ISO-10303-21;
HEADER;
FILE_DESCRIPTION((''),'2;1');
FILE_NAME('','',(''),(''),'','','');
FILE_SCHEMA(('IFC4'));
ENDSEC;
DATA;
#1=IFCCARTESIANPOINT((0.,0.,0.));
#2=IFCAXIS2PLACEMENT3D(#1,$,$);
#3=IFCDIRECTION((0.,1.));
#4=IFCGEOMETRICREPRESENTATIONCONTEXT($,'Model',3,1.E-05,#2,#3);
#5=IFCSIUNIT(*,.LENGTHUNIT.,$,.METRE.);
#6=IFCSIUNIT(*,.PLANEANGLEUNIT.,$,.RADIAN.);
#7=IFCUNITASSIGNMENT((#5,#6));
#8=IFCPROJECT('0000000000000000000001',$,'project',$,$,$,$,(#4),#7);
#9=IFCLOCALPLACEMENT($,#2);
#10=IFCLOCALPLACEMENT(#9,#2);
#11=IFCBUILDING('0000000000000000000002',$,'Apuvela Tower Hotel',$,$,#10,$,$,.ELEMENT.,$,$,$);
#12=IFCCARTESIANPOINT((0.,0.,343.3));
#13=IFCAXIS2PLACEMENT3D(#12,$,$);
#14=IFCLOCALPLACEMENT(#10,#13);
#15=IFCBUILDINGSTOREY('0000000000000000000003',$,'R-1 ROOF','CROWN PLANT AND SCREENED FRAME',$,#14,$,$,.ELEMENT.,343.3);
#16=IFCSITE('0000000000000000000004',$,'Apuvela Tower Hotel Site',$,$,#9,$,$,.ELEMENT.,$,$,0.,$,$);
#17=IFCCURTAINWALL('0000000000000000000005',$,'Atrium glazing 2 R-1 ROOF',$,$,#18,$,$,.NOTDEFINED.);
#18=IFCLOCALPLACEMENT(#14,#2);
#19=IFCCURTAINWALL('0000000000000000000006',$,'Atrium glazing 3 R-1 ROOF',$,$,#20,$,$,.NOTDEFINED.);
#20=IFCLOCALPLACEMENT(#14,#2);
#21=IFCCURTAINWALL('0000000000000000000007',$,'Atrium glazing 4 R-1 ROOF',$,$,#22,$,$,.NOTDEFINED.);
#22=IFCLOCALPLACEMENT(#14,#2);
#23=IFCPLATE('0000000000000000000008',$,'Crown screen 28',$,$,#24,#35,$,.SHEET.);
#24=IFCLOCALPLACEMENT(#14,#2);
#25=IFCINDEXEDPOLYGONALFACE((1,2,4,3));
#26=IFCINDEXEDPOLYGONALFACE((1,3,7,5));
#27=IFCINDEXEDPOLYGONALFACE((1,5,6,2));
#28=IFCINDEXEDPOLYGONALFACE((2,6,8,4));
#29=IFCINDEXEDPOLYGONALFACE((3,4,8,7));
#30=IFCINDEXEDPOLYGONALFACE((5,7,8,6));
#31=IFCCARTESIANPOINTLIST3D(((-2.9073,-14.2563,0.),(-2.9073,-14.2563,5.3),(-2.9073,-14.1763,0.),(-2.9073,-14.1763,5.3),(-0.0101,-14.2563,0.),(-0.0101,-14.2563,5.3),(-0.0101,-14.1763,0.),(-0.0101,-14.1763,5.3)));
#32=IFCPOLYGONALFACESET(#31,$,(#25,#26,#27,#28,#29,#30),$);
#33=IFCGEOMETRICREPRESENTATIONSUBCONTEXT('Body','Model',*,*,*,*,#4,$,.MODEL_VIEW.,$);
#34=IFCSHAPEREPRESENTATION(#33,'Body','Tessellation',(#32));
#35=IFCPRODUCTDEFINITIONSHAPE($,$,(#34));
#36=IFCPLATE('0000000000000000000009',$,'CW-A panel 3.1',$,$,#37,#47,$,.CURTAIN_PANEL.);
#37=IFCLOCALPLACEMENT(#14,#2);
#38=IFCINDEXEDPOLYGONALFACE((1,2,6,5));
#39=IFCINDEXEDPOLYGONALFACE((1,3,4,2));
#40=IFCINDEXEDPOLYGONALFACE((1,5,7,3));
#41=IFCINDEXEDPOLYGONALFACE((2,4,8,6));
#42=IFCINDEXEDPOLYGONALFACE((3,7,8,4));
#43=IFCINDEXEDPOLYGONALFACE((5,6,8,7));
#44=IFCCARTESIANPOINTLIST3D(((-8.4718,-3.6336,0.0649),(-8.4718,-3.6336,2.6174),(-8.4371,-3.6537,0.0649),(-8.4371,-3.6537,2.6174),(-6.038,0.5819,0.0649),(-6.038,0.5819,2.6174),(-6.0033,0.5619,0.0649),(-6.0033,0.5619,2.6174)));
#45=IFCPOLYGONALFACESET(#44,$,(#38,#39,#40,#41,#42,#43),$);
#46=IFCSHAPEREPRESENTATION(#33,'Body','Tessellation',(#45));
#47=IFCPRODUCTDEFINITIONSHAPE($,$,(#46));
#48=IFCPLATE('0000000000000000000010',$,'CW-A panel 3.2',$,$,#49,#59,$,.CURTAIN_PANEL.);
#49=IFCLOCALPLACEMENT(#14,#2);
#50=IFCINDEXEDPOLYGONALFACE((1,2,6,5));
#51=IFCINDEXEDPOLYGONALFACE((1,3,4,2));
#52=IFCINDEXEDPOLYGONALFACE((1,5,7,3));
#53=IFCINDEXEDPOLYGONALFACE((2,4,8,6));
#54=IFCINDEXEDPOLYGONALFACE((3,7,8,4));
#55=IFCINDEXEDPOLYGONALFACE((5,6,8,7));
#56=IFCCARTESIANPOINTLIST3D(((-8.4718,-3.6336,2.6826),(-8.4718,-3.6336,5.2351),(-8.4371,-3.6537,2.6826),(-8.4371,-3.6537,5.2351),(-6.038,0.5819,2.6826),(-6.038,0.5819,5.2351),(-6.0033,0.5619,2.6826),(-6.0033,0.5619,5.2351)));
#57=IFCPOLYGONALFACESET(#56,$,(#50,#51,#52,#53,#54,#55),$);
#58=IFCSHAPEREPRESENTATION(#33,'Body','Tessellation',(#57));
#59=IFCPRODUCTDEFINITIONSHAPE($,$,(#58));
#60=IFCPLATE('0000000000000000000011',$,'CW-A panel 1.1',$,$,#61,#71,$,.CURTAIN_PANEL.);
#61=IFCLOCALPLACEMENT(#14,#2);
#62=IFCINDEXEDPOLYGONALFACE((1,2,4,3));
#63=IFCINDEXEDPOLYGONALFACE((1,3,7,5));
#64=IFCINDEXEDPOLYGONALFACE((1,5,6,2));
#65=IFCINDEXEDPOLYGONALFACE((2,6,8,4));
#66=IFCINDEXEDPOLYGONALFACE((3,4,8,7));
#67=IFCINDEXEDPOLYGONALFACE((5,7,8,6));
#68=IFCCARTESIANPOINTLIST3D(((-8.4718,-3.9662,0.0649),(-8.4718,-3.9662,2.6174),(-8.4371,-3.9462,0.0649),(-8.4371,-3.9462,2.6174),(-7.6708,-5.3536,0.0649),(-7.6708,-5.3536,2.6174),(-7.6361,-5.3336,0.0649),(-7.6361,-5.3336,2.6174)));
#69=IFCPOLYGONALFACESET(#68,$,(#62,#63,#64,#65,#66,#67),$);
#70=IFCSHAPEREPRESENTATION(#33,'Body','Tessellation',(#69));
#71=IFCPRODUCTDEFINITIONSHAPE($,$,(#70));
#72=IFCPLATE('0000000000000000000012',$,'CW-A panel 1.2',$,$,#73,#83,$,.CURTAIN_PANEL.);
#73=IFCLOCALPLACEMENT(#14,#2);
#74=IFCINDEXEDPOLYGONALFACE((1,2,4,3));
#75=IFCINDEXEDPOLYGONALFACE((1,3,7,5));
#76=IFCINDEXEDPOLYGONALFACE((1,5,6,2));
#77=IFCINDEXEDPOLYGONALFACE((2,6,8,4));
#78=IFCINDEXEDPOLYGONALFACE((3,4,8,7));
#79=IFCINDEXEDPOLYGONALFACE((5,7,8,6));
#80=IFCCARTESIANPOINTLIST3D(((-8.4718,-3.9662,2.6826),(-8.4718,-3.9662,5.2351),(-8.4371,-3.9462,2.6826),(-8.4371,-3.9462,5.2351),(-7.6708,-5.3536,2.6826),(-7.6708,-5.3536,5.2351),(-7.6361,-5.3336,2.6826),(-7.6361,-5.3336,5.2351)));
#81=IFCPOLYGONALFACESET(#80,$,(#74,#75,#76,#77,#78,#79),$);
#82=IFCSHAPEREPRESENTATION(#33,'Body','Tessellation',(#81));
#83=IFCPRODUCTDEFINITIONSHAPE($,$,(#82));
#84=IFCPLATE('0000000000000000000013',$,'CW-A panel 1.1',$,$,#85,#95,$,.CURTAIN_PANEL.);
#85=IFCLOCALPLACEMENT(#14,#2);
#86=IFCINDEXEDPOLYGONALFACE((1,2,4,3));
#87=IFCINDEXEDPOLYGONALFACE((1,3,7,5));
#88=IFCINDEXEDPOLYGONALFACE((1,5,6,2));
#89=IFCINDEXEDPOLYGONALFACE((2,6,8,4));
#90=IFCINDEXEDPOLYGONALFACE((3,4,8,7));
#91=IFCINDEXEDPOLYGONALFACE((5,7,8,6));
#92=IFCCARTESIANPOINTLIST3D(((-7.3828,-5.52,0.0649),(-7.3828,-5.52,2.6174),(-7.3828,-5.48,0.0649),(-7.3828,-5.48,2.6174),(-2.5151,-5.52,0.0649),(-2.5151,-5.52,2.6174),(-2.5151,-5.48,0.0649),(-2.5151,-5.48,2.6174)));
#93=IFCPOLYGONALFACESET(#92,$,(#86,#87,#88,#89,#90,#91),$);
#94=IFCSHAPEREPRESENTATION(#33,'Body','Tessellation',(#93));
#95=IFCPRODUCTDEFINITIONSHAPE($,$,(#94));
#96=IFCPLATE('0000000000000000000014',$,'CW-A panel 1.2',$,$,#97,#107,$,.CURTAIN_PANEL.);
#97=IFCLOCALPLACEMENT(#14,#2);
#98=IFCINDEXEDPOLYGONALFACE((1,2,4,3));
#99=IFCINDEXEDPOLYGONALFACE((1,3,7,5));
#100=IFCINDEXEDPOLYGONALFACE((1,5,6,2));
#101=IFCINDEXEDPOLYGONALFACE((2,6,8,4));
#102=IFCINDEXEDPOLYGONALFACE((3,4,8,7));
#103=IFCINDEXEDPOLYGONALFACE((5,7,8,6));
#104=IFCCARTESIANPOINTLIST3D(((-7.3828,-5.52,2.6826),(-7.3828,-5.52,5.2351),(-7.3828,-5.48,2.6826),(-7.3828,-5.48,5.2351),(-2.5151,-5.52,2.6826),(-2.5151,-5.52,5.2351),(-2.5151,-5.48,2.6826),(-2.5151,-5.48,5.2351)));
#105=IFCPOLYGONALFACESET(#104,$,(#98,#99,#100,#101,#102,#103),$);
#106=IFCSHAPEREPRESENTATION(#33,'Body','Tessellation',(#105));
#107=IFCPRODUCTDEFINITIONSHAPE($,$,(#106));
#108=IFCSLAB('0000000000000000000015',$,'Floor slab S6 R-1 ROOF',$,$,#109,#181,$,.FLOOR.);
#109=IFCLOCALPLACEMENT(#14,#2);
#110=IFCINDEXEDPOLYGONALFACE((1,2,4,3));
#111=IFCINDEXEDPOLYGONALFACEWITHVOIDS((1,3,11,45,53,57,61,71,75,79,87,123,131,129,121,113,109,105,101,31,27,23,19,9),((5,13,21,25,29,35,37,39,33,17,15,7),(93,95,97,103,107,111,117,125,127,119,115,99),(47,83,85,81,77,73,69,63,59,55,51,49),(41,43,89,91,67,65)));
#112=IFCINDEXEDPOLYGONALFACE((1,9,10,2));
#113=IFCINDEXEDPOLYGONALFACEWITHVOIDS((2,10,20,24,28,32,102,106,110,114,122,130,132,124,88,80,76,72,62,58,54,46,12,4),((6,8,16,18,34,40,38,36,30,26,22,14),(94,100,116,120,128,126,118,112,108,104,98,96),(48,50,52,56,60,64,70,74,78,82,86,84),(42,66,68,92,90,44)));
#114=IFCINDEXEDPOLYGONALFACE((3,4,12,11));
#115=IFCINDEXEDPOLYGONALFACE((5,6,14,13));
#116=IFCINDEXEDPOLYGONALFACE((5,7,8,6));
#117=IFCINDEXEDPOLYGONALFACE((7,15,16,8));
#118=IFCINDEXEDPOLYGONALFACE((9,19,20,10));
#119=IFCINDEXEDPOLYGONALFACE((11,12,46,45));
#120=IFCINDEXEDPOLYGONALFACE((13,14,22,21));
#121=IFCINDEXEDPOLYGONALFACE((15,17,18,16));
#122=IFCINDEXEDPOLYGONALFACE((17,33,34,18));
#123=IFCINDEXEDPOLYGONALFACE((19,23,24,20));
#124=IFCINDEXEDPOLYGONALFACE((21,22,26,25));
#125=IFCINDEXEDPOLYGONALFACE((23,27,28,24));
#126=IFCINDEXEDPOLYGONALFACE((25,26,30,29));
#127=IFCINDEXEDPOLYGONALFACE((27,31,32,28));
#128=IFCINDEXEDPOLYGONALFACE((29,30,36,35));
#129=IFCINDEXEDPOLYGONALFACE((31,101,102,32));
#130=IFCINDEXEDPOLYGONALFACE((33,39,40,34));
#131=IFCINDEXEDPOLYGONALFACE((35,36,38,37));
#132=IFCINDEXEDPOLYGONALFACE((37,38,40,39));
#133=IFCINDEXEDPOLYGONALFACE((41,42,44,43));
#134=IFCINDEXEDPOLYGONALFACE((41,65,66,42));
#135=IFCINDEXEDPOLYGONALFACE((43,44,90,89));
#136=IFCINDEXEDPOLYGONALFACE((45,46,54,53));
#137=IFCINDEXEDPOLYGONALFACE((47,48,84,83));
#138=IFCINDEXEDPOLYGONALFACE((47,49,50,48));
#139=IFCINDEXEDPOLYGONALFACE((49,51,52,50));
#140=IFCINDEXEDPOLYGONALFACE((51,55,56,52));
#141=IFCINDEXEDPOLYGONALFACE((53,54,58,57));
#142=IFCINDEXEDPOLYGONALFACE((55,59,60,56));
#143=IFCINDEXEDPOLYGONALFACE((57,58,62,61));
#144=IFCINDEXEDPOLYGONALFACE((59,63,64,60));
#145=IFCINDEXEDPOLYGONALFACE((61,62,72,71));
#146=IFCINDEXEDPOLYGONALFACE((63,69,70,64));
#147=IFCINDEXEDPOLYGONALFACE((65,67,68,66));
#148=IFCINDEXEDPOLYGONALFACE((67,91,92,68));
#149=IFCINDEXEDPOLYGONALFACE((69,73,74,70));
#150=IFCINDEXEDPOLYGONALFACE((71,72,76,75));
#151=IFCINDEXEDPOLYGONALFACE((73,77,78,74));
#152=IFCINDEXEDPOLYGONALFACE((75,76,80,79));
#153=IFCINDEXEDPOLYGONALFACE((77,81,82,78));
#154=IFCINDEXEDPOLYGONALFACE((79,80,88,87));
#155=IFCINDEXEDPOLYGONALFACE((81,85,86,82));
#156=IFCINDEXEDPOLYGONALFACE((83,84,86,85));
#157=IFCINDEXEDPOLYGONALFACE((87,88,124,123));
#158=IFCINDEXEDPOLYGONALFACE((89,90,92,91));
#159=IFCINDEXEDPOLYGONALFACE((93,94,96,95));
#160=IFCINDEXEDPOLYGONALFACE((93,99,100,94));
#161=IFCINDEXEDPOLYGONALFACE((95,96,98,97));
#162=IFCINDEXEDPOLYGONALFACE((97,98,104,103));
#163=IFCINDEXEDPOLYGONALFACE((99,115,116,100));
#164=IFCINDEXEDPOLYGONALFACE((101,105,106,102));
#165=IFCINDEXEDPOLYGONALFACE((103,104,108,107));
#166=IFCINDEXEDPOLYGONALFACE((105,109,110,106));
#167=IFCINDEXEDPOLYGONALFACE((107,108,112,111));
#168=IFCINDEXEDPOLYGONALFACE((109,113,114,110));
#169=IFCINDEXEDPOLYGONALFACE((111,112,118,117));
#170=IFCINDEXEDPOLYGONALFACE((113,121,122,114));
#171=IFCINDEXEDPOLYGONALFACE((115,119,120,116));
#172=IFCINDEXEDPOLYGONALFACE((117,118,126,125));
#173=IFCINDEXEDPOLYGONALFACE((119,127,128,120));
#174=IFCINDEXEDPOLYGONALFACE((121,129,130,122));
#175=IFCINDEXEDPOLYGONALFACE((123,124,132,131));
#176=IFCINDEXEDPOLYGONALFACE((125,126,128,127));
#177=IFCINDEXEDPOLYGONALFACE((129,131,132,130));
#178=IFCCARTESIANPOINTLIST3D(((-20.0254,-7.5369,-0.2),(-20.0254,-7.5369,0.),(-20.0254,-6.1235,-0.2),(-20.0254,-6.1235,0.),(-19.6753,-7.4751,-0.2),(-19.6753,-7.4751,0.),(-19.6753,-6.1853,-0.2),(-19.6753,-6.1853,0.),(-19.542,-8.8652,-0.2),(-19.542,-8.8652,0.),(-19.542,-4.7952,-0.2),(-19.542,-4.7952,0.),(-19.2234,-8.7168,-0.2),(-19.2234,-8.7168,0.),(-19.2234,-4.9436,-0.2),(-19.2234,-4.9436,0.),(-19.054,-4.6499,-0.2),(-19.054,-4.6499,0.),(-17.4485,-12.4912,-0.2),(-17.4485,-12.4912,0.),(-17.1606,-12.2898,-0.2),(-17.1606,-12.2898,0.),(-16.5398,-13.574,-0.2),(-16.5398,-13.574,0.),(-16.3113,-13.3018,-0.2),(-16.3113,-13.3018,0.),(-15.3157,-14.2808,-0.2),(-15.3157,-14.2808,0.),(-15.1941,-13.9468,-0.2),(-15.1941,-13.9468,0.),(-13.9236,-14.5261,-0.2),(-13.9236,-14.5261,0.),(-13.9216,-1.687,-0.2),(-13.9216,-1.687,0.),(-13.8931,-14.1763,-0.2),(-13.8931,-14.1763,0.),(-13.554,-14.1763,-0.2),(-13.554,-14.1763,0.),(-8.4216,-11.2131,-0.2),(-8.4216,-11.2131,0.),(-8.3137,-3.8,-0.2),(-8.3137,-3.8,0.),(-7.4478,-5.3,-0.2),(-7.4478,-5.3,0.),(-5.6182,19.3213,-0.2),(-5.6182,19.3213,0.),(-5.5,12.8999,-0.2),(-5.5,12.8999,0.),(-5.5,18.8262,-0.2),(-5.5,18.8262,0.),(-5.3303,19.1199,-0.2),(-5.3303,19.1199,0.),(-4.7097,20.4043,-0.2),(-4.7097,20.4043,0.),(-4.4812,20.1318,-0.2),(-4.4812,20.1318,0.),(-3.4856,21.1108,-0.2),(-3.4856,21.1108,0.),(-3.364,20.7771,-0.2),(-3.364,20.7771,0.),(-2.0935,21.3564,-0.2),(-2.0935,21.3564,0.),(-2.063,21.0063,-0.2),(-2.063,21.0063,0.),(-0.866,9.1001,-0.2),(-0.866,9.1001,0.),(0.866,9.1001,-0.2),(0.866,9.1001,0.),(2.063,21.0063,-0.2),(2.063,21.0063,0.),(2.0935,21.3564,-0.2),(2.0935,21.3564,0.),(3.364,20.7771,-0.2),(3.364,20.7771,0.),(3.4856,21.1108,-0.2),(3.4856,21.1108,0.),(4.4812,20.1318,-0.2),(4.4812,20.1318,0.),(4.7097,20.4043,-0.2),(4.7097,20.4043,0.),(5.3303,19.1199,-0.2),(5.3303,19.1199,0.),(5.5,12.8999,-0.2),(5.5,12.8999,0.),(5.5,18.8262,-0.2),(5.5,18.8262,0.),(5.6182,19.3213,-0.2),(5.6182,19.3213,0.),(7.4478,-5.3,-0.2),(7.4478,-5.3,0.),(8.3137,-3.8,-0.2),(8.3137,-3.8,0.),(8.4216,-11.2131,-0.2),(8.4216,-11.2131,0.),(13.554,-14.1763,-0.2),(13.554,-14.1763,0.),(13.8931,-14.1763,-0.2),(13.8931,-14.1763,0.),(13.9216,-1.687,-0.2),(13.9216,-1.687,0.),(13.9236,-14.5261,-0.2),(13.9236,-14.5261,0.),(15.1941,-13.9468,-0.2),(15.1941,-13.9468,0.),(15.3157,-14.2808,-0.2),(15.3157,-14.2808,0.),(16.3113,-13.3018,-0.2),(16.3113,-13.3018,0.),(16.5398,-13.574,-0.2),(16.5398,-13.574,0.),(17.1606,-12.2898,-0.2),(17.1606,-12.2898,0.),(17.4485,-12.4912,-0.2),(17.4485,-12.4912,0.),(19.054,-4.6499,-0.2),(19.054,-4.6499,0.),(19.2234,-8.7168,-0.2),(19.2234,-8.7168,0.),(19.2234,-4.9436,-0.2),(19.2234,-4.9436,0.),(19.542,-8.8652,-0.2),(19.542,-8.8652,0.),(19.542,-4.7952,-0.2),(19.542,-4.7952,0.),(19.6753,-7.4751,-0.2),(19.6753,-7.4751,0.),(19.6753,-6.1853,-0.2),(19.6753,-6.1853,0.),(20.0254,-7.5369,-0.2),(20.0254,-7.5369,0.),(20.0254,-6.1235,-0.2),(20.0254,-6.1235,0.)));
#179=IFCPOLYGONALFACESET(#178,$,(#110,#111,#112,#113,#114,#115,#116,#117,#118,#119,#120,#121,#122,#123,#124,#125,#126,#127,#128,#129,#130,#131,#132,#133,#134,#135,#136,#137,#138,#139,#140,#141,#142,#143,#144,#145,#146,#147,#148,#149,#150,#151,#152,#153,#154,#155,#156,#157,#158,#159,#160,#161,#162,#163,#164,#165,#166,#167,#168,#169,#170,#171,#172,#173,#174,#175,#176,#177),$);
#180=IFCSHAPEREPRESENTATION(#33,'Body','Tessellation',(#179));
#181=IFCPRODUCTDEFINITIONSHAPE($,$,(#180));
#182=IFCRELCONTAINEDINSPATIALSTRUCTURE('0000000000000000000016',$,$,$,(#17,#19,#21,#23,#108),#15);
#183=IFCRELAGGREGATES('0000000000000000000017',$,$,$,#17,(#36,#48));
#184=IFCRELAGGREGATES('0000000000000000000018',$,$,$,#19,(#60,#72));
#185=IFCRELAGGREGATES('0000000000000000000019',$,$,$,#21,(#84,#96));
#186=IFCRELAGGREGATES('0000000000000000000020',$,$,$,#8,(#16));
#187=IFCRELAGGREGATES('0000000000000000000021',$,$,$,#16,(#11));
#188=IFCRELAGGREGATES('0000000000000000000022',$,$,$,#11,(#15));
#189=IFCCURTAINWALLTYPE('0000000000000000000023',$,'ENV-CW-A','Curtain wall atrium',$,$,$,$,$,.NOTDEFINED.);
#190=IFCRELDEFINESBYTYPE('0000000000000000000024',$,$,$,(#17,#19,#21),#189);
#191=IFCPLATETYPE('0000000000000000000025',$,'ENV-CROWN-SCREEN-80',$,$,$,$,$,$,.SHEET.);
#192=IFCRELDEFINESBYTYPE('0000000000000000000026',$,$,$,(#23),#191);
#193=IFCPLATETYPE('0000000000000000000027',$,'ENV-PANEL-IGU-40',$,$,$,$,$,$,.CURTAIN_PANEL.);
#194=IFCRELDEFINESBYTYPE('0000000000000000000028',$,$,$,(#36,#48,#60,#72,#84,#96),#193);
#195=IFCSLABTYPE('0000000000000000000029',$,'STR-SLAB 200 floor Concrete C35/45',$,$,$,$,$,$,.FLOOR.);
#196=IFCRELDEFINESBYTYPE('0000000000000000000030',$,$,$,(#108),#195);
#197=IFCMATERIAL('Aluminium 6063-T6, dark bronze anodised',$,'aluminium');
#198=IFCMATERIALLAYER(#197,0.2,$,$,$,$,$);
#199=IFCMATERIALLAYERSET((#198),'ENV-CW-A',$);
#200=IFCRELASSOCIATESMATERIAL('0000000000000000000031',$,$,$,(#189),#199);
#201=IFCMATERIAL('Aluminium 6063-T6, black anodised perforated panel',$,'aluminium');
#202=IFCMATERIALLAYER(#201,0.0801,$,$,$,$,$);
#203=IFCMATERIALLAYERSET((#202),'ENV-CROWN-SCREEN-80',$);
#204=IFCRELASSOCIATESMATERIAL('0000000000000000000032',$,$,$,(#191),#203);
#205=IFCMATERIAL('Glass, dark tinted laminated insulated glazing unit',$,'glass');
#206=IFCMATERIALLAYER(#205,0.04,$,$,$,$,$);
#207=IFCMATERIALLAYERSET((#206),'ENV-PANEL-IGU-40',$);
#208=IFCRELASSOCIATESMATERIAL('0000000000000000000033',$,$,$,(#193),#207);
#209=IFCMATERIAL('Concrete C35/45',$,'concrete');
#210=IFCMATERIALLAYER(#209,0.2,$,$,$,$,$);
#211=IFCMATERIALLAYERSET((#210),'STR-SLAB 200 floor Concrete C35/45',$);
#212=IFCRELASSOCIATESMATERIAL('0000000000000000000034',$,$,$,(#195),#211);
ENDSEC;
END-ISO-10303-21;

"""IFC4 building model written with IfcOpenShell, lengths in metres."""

from ifc_helpers import new_model, si_unit, direction, frame, origin, origin_2d, place, context, subcontext, project, spatial, polyline, rectangle, outline, extrude, material, layer, layer_set, type_object, element, aggregate, save


model = new_model("IFC4")

# Units and contexts
model_context = context("Model", 3, precision=1e-05, world=origin(), true_north=direction((0.0, 1.0)))
body_context = subcontext(model_context, "Body", "Model", "MODEL_VIEW")
ifc_project = project(units=[si_unit("LENGTHUNIT", "METRE"), si_unit("PLANEANGLEUNIT", "RADIAN")], contexts=[model_context])

# Site, building, storey
site_placement = place(None, origin())
site = spatial("IfcSite", under=ifc_project, at=site_placement, Name="Apuvela Tower Hotel Site", CompositionType="ELEMENT", RefElevation=0.0)
building_placement = place(site_placement, origin())
building = spatial("IfcBuilding", under=site, at=building_placement, Name="Apuvela Tower Hotel", CompositionType="ELEMENT")
storey_placement = place(building_placement, frame((0.0, 0.0, 343.3)))
storey = spatial("IfcBuildingStorey", under=building, at=storey_placement, Name="R-1 ROOF", Description="CROWN PLANT AND SCREENED FRAME", CompositionType="ELEMENT", Elevation=343.3)

# Curtain wall
ifc_material_1 = material(Name="Aluminium 6063-T6, dark bronze anodised", Category="aluminium")
ifc_layer_1 = layer(ifc_material_1, 0.2)
ifc_layer_set_1 = layer_set([ifc_layer_1], Name="ENV-CW-A")
curtain_wall_type = type_object("IfcCurtainWallType", Name="ENV-CW-A", Description="Curtain wall atrium", PredefinedType="NOTDEFINED", material=ifc_layer_set_1)
curtain_wall_1_placement = place(storey_placement, origin())
curtain_wall_1 = element("IfcCurtainWall", 1, at=curtain_wall_1_placement, inside=storey, type_object=curtain_wall_type, Name="Atrium glazing 2 R-1 ROOF", PredefinedType="NOTDEFINED")

# Curtain walls
curtain_wall_2_placement = place(storey_placement, origin())
curtain_wall_2 = element("IfcCurtainWall", 2, at=curtain_wall_2_placement, inside=storey, type_object=curtain_wall_type, Name="Atrium glazing 3 R-1 ROOF", PredefinedType="NOTDEFINED")
curtain_wall_3_placement = place(storey_placement, origin())
curtain_wall_3 = element("IfcCurtainWall", 3, at=curtain_wall_3_placement, inside=storey, type_object=curtain_wall_type, Name="Atrium glazing 4 R-1 ROOF", PredefinedType="NOTDEFINED")

# Plate
ifc_material_2 = material(Name="Aluminium 6063-T6, black anodised perforated panel", Category="aluminium")
ifc_layer_2 = layer(ifc_material_2, 0.0801)
ifc_layer_set_2 = layer_set([ifc_layer_2], Name="ENV-CROWN-SCREEN-80")
plate_type_1 = type_object("IfcPlateType", Name="ENV-CROWN-SCREEN-80", PredefinedType="SHEET", material=ifc_layer_set_2)
for number, where, z_axis, x_axis, name in (
    (4, (-1.4587, -14.2163, 0.0), (0.0, 0.0, 1.0), (1.0, 0.0, 0.0), "Crown screen 28"),
):
    element("IfcPlate", number, at=place(storey_placement, frame(where, z_axis=z_axis, x_axis=x_axis)), inside=storey, type_object=plate_type_1, Name=name, PredefinedType="SHEET", context=body_context, shape_type="SweptSolid", body=[
        extrude(rectangle(XDim=2.8972, YDim=0.0801, at=origin_2d()), origin(), (0.0, 0.0, 1.0), 5.3),
    ])

# Plates
ifc_material_3 = material(Name="Glass, dark tinted laminated insulated glazing unit", Category="glass")
ifc_layer_3 = layer(ifc_material_3, 0.04)
ifc_layer_set_3 = layer_set([ifc_layer_3], Name="ENV-PANEL-IGU-40")
plate_type_2 = type_object("IfcPlateType", Name="ENV-PANEL-IGU-40", PredefinedType="CURTAIN_PANEL", material=ifc_layer_set_3)
plate_1_placement = place(storey_placement, frame((-7.2375, -1.5359, 0.0649), z_axis=(0.0, 0.0, 1.0), x_axis=(-0.499999, -0.866026, 0.0)))
plate_1 = element("IfcPlate", 5, at=plate_1_placement, type_object=plate_type_2, Name="CW-A panel 3.1", PredefinedType="CURTAIN_PANEL", context=body_context, shape_type="SweptSolid", body=[
    extrude(rectangle(XDim=4.8677, YDim=0.04, at=origin_2d()), origin(), (0.0, 0.0, 1.0), 2.5525),
])
plate_2_placement = place(storey_placement, frame((-7.2375, -1.5359, 2.6826), z_axis=(0.0, 0.0, 1.0), x_axis=(-0.499999, -0.866026, 0.0)))
plate_2 = element("IfcPlate", 6, at=plate_2_placement, type_object=plate_type_2, Name="CW-A panel 3.2", PredefinedType="CURTAIN_PANEL", context=body_context, shape_type="SweptSolid", body=[
    extrude(rectangle(XDim=4.8677, YDim=0.04, at=origin_2d()), origin(), (0.0, 0.0, 1.0), 2.5525),
])
aggregate(curtain_wall_1, [plate_1, plate_2])
plate_3_placement = place(storey_placement, frame((-8.054, -4.6499, 0.0649), z_axis=(0.0, 0.0, 1.0), x_axis=(0.499989, -0.866032, 0.0)))
plate_3 = element("IfcPlate", 7, at=plate_3_placement, type_object=plate_type_2, Name="CW-A panel 1.1", PredefinedType="CURTAIN_PANEL", context=body_context, shape_type="SweptSolid", body=[
    extrude(rectangle(XDim=1.6021, YDim=0.04, at=origin_2d()), origin(), (0.0, 0.0, 1.0), 2.5525),
])
plate_4_placement = place(storey_placement, frame((-8.054, -4.6499, 2.6826), z_axis=(0.0, 0.0, 1.0), x_axis=(0.499989, -0.866032, 0.0)))
plate_4 = element("IfcPlate", 8, at=plate_4_placement, type_object=plate_type_2, Name="CW-A panel 1.2", PredefinedType="CURTAIN_PANEL", context=body_context, shape_type="SweptSolid", body=[
    extrude(rectangle(XDim=1.6021, YDim=0.04, at=origin_2d()), origin(), (0.0, 0.0, 1.0), 2.5525),
])
aggregate(curtain_wall_2, [plate_3, plate_4])
plate_5_placement = place(storey_placement, frame((-4.949, -5.5, 0.0649), z_axis=(0.0, 0.0, 1.0), x_axis=(1.0, 0.0, 0.0)))
plate_5 = element("IfcPlate", 9, at=plate_5_placement, type_object=plate_type_2, Name="CW-A panel 1.1", PredefinedType="CURTAIN_PANEL", context=body_context, shape_type="SweptSolid", body=[
    extrude(rectangle(XDim=4.8677, YDim=0.04, at=origin_2d()), origin(), (0.0, 0.0, 1.0), 2.5525),
])
plate_6_placement = place(storey_placement, frame((-4.949, -5.5, 2.6826), z_axis=(0.0, 0.0, 1.0), x_axis=(1.0, 0.0, 0.0)))
plate_6 = element("IfcPlate", 10, at=plate_6_placement, type_object=plate_type_2, Name="CW-A panel 1.2", PredefinedType="CURTAIN_PANEL", context=body_context, shape_type="SweptSolid", body=[
    extrude(rectangle(XDim=4.8677, YDim=0.04, at=origin_2d()), origin(), (0.0, 0.0, 1.0), 2.5525),
])
aggregate(curtain_wall_3, [plate_5, plate_6])

# Slab
ifc_material_4 = material(Name="Concrete C35/45", Category="concrete")
ifc_layer_4 = layer(ifc_material_4, 0.2)
ifc_layer_set_4 = layer_set([ifc_layer_4], Name="STR-SLAB 200 floor Concrete C35/45")
slab_type = type_object("IfcSlabType", Name="STR-SLAB 200 floor Concrete C35/45", PredefinedType="FLOOR", material=ifc_layer_set_4)
slab_placement = place(storey_placement, frame((0.0, 0.0, -0.2)))
element("IfcSlab", 11, at=slab_placement, inside=storey, type_object=slab_type, Name="Floor slab S6 R-1 ROOF", PredefinedType="FLOOR", context=body_context, shape_type="SweptSolid", body=[
    extrude(outline(polyline([(5.6182, 19.3213), (4.7097, 20.4043), (3.4856, 21.1108), (2.0935, 21.3564), (-2.0935, 21.3564), (-3.4856, 21.1108), (-4.7097, 20.4043), (-5.6182, 19.3213), (-19.542, -4.7952), (-20.0254, -6.1235), (-20.0254, -7.5369), (-19.542, -8.8652), (-17.4485, -12.4912), (-16.5398, -13.574), (-15.3157, -14.2808), (-13.9236, -14.5261), (13.9236, -14.5261), (15.3157, -14.2808), (16.5398, -13.574), (17.4485, -12.4912), (19.542, -8.8652), (20.0254, -7.5369), (20.0254, -6.1235), (19.542, -4.7952), (5.6182, 19.3213)]), holes=[polyline([(0.866, 9.1001), (-0.866, 9.1001), (-8.3137, -3.8), (-7.4478, -5.3), (7.4478, -5.3), (8.3137, -3.8), (0.866, 9.1001)]), polyline([(-5.5, 12.8999), (-5.5, 18.8262), (-5.3303, 19.1199), (-4.4812, 20.1318), (-3.364, 20.7771), (-2.063, 21.0063), (2.063, 21.0063), (3.364, 20.7771), (4.4812, 20.1318), (5.3303, 19.1199), (5.5, 18.8262), (5.5, 12.8999), (-5.5, 12.8999)]), polyline([(-8.4216, -11.2131), (-13.554, -14.1763), (-13.8931, -14.1763), (-15.1941, -13.9468), (-16.3113, -13.3018), (-17.1606, -12.2898), (-19.2234, -8.7168), (-19.6753, -7.4751), (-19.6753, -6.1853), (-19.2234, -4.9436), (-19.054, -4.6499), (-13.9216, -1.687), (-8.4216, -11.2131)]), polyline([(13.9216, -1.687), (19.054, -4.6499), (19.2234, -4.9436), (19.6753, -6.1853), (19.6753, -7.4751), (19.2234, -8.7168), (17.1606, -12.2898), (16.3113, -13.3018), (15.1941, -13.9468), (13.8931, -14.1763), (13.554, -14.1763), (8.4216, -11.2131), (13.9216, -1.687)])]), origin(), (0.0, 0.0, 1.0), 0.2),
])

save(model, "model.ifc")
